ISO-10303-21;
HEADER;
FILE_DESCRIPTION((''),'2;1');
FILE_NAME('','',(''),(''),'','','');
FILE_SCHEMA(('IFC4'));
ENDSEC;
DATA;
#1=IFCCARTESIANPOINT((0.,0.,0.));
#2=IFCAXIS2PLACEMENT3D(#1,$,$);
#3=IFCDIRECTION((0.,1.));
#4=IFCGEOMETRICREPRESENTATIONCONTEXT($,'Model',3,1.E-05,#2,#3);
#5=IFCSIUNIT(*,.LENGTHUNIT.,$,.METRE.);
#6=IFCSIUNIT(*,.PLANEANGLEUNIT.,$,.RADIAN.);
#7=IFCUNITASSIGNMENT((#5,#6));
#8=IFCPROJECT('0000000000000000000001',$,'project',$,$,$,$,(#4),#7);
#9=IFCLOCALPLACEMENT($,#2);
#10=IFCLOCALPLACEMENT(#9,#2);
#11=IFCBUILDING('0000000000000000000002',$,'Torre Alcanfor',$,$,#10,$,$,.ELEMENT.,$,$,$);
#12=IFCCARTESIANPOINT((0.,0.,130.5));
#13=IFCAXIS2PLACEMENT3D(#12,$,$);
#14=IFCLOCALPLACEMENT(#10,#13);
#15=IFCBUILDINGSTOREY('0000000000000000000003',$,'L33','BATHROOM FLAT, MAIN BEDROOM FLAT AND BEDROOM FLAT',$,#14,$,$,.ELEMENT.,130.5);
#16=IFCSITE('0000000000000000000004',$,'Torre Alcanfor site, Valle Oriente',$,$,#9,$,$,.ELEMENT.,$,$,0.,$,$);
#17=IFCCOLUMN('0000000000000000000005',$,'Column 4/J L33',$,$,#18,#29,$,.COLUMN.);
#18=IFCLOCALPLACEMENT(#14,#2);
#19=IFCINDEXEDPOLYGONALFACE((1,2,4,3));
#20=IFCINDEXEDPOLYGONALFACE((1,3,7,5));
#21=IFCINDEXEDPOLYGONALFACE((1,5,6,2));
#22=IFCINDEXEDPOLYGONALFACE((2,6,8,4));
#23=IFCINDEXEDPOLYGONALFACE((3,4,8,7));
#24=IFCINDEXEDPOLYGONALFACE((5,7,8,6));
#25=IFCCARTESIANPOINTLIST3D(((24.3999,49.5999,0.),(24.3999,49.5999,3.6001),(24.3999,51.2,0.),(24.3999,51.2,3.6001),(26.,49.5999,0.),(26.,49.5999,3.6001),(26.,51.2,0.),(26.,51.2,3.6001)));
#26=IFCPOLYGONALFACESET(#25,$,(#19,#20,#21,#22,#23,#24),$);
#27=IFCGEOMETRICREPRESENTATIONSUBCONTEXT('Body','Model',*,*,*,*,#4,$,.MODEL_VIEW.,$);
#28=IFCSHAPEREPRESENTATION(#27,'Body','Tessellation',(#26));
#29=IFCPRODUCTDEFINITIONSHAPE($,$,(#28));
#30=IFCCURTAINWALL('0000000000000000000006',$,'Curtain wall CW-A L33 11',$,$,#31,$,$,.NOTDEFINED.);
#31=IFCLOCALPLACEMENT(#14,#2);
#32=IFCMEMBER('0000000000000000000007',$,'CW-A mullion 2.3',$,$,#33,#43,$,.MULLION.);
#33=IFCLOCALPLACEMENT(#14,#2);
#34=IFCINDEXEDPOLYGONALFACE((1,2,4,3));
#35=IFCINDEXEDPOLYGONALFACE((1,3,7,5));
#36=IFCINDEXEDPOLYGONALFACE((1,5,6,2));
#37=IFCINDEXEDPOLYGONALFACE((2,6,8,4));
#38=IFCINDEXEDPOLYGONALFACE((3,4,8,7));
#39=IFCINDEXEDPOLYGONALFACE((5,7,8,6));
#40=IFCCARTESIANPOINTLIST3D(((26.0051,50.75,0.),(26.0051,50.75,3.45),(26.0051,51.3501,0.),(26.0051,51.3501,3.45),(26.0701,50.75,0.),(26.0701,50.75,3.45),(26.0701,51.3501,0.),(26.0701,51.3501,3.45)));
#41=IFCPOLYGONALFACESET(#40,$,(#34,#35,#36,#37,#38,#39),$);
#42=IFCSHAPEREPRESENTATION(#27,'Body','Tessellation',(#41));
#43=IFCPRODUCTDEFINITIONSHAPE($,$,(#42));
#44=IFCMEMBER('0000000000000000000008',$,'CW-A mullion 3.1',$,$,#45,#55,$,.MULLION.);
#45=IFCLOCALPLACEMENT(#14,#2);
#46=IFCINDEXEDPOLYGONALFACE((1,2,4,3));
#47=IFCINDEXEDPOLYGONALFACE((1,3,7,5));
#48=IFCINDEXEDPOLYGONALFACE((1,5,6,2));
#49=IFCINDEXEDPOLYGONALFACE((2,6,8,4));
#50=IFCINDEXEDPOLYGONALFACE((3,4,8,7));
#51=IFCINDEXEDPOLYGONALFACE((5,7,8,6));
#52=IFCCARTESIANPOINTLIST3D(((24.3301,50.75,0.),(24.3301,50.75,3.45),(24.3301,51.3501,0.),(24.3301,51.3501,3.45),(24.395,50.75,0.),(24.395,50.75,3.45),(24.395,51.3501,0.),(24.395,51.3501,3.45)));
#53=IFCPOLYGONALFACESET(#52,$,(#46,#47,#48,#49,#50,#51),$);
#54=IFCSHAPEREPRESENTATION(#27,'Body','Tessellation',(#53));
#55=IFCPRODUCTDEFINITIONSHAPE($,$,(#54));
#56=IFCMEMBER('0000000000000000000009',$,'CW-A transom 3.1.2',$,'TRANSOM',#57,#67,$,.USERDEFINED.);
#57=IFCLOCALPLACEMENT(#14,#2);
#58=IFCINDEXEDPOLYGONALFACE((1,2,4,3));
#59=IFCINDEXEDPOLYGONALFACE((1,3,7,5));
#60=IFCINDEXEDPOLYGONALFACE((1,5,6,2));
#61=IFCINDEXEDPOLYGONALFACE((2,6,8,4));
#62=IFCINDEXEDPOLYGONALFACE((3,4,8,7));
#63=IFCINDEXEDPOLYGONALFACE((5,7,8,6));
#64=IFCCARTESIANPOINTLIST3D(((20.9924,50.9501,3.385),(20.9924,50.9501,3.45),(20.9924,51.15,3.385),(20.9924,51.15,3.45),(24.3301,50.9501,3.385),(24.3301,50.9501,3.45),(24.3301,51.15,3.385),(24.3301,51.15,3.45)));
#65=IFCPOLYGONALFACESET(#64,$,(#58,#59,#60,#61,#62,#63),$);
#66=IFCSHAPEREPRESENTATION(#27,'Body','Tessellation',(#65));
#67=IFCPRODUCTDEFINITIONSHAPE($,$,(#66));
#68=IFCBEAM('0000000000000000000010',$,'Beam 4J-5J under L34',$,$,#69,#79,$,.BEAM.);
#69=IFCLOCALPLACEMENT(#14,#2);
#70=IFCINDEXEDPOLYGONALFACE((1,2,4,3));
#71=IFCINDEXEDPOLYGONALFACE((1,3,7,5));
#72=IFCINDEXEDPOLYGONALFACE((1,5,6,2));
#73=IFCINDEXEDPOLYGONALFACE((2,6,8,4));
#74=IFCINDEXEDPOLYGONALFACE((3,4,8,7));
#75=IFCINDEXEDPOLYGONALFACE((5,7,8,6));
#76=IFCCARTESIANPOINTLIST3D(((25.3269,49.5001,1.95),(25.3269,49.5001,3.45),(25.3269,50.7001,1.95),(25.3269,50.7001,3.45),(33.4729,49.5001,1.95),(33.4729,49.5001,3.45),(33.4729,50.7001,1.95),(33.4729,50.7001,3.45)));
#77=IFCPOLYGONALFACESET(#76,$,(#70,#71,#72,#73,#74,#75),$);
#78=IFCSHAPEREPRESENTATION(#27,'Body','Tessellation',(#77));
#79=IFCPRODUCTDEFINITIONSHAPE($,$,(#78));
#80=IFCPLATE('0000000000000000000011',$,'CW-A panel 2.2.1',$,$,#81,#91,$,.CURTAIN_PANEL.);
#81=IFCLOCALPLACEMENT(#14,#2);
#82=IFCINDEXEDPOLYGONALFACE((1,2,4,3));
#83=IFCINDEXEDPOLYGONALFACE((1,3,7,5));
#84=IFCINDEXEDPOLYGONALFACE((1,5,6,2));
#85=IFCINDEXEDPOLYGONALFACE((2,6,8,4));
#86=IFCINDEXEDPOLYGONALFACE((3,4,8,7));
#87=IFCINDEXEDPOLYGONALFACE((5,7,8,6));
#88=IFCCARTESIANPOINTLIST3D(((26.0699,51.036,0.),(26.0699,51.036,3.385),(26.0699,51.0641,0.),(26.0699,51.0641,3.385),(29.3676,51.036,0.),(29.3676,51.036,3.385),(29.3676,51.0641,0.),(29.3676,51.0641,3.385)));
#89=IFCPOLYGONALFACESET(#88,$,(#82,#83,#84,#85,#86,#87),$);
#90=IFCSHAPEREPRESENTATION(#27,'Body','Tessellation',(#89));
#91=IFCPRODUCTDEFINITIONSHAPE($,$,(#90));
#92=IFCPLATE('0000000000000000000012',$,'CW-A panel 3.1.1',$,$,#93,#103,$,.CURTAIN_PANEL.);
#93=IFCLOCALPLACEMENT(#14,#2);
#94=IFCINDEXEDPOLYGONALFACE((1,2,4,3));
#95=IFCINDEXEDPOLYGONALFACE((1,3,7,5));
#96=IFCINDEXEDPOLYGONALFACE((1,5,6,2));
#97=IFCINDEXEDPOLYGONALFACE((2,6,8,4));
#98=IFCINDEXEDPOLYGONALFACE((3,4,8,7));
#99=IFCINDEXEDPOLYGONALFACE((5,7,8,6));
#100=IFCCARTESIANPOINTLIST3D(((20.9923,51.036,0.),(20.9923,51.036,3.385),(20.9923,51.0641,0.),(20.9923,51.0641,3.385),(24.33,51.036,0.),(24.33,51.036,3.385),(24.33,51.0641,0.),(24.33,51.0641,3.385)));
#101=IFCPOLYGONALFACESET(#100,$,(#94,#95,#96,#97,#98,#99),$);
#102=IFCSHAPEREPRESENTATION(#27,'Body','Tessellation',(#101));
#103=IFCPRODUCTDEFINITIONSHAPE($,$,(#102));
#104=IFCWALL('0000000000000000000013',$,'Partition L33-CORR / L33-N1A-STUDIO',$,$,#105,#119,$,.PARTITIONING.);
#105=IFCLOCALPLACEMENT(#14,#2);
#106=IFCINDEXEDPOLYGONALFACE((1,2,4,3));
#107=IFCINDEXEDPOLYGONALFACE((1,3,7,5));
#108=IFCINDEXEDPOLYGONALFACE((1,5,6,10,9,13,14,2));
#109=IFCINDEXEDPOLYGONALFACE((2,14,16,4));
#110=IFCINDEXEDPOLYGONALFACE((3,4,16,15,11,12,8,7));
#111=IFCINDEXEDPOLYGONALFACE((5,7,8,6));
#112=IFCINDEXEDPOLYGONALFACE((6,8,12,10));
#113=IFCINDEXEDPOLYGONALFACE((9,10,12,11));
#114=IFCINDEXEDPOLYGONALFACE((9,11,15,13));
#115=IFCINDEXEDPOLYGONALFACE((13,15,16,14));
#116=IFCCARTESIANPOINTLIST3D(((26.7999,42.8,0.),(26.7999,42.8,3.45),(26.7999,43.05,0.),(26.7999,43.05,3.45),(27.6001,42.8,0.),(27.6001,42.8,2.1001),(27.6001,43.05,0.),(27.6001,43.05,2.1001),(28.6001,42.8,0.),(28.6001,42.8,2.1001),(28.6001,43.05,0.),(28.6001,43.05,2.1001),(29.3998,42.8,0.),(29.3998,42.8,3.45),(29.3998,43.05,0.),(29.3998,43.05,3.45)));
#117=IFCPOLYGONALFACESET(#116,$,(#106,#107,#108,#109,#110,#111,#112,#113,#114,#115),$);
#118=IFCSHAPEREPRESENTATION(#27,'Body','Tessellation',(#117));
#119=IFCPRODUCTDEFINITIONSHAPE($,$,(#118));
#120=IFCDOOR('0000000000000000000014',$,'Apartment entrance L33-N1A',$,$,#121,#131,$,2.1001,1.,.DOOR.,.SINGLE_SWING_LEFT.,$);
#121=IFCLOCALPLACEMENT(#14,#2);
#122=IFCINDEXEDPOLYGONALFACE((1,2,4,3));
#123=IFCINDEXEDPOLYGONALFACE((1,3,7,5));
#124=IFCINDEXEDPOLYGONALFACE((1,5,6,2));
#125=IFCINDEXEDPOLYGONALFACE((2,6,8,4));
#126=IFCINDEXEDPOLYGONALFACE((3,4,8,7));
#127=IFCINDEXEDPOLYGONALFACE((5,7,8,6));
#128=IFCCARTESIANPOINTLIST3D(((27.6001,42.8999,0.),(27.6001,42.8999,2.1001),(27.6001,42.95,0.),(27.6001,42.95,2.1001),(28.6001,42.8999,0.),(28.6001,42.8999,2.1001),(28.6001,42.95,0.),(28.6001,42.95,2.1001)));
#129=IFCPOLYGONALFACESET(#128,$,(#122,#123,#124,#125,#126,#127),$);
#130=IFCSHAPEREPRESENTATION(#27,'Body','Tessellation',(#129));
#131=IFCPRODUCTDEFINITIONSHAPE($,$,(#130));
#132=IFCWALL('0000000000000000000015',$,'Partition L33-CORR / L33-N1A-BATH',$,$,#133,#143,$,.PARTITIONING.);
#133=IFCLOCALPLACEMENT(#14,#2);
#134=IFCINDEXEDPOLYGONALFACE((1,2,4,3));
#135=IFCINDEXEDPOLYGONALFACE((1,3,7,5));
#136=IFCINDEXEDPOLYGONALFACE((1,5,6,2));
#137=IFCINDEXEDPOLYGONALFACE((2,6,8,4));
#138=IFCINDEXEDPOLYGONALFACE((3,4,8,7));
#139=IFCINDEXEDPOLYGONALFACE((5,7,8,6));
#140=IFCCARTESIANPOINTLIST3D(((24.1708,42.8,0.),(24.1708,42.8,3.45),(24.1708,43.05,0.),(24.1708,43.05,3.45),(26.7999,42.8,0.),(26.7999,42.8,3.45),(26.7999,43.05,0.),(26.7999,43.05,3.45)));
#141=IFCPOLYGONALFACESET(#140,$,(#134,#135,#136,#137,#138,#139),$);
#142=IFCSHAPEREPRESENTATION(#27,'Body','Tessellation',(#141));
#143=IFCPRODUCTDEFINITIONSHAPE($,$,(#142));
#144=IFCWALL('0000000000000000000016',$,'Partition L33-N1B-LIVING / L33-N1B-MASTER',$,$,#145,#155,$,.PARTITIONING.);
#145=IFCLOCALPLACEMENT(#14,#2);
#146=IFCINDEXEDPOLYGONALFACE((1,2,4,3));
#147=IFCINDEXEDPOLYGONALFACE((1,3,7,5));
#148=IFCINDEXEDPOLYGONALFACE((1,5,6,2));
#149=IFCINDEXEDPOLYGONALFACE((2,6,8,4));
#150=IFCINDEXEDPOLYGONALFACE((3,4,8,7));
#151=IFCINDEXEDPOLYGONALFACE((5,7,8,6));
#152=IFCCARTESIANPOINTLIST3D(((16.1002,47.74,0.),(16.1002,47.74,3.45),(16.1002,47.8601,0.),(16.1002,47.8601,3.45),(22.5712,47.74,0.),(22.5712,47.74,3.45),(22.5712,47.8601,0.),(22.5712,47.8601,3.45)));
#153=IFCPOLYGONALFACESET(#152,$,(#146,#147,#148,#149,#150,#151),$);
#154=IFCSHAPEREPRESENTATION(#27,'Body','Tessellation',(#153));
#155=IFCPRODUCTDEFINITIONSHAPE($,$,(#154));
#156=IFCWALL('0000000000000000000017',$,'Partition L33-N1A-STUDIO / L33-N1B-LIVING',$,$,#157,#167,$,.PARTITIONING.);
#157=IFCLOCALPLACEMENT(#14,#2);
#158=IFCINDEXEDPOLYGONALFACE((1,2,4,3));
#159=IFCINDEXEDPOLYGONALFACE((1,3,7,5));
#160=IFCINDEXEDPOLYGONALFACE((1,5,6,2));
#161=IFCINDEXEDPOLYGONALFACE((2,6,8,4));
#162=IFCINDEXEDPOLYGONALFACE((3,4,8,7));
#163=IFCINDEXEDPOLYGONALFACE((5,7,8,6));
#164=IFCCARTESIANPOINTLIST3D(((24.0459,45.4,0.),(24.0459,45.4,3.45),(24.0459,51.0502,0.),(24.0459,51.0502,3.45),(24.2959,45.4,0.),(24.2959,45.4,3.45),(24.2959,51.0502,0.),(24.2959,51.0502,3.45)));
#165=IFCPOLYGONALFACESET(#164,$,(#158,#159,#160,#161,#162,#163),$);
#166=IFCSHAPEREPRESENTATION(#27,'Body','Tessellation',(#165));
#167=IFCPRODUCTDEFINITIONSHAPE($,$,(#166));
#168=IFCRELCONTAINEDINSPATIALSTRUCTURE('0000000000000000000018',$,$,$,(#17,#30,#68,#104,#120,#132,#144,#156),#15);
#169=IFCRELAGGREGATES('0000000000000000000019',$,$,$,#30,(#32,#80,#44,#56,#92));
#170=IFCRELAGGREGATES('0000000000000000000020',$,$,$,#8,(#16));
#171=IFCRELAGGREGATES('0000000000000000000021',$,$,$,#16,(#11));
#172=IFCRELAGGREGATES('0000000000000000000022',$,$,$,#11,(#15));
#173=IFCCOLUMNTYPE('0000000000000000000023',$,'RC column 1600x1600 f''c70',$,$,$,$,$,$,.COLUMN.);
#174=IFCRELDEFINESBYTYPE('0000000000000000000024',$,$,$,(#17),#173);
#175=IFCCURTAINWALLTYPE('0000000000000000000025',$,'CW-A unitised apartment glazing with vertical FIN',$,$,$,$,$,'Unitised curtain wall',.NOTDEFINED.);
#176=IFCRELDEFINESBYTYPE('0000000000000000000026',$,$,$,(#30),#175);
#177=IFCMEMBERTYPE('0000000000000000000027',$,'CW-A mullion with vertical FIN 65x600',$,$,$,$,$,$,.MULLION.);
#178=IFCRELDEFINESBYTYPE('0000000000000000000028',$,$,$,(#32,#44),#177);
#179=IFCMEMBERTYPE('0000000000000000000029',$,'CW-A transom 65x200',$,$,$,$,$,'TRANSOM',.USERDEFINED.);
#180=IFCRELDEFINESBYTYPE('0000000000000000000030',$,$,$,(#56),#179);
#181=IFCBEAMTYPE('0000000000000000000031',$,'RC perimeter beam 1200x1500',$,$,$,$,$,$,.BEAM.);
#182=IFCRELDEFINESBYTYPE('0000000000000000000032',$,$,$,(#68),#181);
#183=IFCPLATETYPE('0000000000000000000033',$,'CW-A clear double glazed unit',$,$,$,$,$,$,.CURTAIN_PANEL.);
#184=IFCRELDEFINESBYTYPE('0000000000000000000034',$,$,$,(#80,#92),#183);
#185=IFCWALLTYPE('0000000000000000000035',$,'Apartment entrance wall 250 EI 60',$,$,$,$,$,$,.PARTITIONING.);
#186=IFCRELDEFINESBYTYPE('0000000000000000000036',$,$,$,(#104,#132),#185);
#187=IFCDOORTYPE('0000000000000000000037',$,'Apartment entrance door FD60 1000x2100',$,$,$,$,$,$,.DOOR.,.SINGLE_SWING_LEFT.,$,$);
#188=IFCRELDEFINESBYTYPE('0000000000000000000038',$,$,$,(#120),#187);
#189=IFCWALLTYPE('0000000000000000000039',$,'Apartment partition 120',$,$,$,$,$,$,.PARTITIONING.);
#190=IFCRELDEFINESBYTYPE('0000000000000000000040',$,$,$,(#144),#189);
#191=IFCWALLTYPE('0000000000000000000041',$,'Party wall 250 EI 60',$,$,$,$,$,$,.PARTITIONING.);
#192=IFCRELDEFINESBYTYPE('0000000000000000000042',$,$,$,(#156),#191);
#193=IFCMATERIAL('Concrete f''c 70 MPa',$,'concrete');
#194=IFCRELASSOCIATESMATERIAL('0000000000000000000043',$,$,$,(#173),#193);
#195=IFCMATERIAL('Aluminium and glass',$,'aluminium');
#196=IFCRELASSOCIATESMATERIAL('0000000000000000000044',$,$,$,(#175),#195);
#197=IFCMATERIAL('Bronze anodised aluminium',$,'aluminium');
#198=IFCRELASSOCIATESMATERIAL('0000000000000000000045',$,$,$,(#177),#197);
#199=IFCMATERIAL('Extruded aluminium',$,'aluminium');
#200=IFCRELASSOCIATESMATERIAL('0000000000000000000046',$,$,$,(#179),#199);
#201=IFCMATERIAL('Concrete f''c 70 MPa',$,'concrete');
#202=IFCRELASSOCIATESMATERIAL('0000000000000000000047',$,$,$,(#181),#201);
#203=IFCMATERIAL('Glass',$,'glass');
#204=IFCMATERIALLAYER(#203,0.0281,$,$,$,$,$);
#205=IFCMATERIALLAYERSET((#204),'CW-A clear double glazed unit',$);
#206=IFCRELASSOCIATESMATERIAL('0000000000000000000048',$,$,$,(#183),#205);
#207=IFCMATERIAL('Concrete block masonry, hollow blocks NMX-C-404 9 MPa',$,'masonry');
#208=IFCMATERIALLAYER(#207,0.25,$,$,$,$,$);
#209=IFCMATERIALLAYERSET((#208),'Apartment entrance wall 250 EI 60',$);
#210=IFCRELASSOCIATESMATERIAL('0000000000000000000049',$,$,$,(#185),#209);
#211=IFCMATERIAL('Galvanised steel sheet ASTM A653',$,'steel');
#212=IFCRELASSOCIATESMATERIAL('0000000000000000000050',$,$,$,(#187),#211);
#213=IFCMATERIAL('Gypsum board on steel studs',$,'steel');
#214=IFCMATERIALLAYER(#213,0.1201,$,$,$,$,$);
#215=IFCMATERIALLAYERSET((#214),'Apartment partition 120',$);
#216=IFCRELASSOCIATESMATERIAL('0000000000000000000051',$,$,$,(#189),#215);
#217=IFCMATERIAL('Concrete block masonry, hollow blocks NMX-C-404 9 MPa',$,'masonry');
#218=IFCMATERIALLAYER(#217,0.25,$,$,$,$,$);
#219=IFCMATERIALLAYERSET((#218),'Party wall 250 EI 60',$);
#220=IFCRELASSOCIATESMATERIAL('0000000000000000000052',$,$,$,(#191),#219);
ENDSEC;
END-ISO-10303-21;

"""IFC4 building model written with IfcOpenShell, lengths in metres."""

from ifc_helpers import new_model, si_unit, direction, frame, frame_2d, origin, origin_2d, place, context, subcontext, project, spatial, rectangle, extrude, material, layer, layer_set, material_profile, profile_set, type_object, element, fill, aggregate, save


model = new_model("IFC4")

# Units and contexts
model_context = context("Model", 3, precision=1e-05, world=origin(), true_north=direction((0.0, 1.0)))
body_context = subcontext(model_context, "Body", "Model", "MODEL_VIEW")
ifc_project = project(units=[si_unit("LENGTHUNIT", "METRE"), si_unit("PLANEANGLEUNIT", "RADIAN")], contexts=[model_context])

# Site, building, storey
site_placement = place(None, origin())
site = spatial("IfcSite", under=ifc_project, at=site_placement, Name="Torre Alcanfor site, Valle Oriente", CompositionType="ELEMENT", RefElevation=0.0)
building_placement = place(site_placement, origin())
building = spatial("IfcBuilding", under=site, at=building_placement, Name="Torre Alcanfor", CompositionType="ELEMENT")
storey_placement = place(building_placement, frame((0.0, 0.0, 130.5)))
storey = spatial("IfcBuildingStorey", under=building, at=storey_placement, Name="L33", Description="BATHROOM FLAT, MAIN BEDROOM FLAT AND BEDROOM FLAT", CompositionType="ELEMENT", Elevation=130.5)

# Column
ifc_material_1 = material(Name="Concrete f'c 70 MPa", Category="concrete")
ifc_material_profile_1 = material_profile(ifc_material_1, rectangle(XDim=1.6001, YDim=1.6001, at=origin_2d()), Name="1600x1600")
ifc_profile_set_1 = profile_set([ifc_material_profile_1], Name="Concrete f'c 70 MPa")
column_type = type_object("IfcColumnType", Name="RC column 1600x1600 f'c70", PredefinedType="COLUMN", material=ifc_profile_set_1)
column_placement = place(storey_placement, frame((25.2, 50.3999, 0.0), z_axis=(0.0, 0.0, 1.0), x_axis=(1.0, 0.0, 0.0)))
element("IfcColumn", 1, at=column_placement, inside=storey, type_object=column_type, Name="Column 4/J L33", PredefinedType="COLUMN", context=body_context, shape_type="SweptSolid", body=[
    extrude(rectangle(XDim=1.6001, YDim=1.6001, at=origin_2d()), origin(), (0.0, 0.0, 1.0), 3.6001),
])

# Curtain wall, members
ifc_material_2 = material(Name="Aluminium and glass", Category="aluminium")
curtain_wall_type = type_object("IfcCurtainWallType", Name="CW-A unitised apartment glazing with vertical FIN", ElementType="Unitised curtain wall", PredefinedType="NOTDEFINED", material=ifc_material_2)
curtain_wall_placement = place(storey_placement, origin())
curtain_wall = element("IfcCurtainWall", 2, at=curtain_wall_placement, inside=storey, type_object=curtain_wall_type, Name="Curtain wall CW-A L33 11", PredefinedType="NOTDEFINED")
ifc_material_3 = material(Name="Bronze anodised aluminium", Category="aluminium")
ifc_material_profile_2 = material_profile(ifc_material_3, rectangle(XDim=0.6001, YDim=0.0649, at=origin_2d()), Name="CW-A mullion 65x600")
ifc_profile_set_2 = profile_set([ifc_material_profile_2], Name="Bronze anodised aluminium")
member_type_1 = type_object("IfcMemberType", Name="CW-A mullion with vertical FIN 65x600", PredefinedType="MULLION", material=ifc_profile_set_2)
member_1_placement = place(storey_placement, frame((26.0376, 51.05, 0.0), z_axis=(0.0, 0.0, 1.0), x_axis=(0.0, -1.0, 0.0)))
member_1 = element("IfcMember", 3, at=member_1_placement, type_object=member_type_1, Name="CW-A mullion 2.3", PredefinedType="MULLION", context=body_context, shape_type="SweptSolid", body=[
    extrude(rectangle(XDim=0.6001, YDim=0.0649, at=origin_2d()), origin(), (0.0, 0.0, 1.0), 3.45),
])
member_2_placement = place(storey_placement, frame((24.3625, 51.05, 0.0), z_axis=(0.0, 0.0, 1.0), x_axis=(0.0, -1.0, 0.0)))
member_2 = element("IfcMember", 4, at=member_2_placement, type_object=member_type_1, Name="CW-A mullion 3.1", PredefinedType="MULLION", context=body_context, shape_type="SweptSolid", body=[
    extrude(rectangle(XDim=0.6001, YDim=0.0649, at=origin_2d()), origin(), (0.0, 0.0, 1.0), 3.45),
])
ifc_material_4 = material(Name="Extruded aluminium", Category="aluminium")
ifc_material_profile_3 = material_profile(ifc_material_4, rectangle(XDim=0.2, YDim=0.0649, at=origin_2d()), Name="CW-A transom 200x65")
ifc_profile_set_3 = profile_set([ifc_material_profile_3], Name="Extruded aluminium")
member_type_2 = type_object("IfcMemberType", Name="CW-A transom 65x200", ElementType="TRANSOM", PredefinedType="USERDEFINED", material=ifc_profile_set_3)
member_3_placement = place(storey_placement, frame((24.3301, 51.05, 3.4175), z_axis=(-1.0, 0.0, 0.0), x_axis=(0.0, -1.0, 0.0)))
member_3 = element("IfcMember", 5, at=member_3_placement, type_object=member_type_2, Name="CW-A transom 3.1.2", ObjectType="TRANSOM", PredefinedType="USERDEFINED", context=body_context, shape_type="SweptSolid", body=[
    extrude(rectangle(XDim=0.2, YDim=0.0649, at=origin_2d()), origin(), (0.0, 0.0, 1.0), 3.3376),
])

# Beam
ifc_material_5 = material(Name="Concrete f'c 70 MPa", Category="concrete")
ifc_material_profile_4 = material_profile(ifc_material_5, rectangle(XDim=1.2, YDim=1.5, at=origin_2d()), Name="1200x1500")
ifc_profile_set_4 = profile_set([ifc_material_profile_4], Name="Concrete f'c 70 MPa")
beam_type = type_object("IfcBeamType", Name="RC perimeter beam 1200x1500", PredefinedType="BEAM", material=ifc_profile_set_4)
beam_placement = place(storey_placement, frame((25.3269, 50.1001, 2.7), z_axis=(1.0, 0.0, 0.0), x_axis=(0.0, 1.0, 0.0)))
element("IfcBeam", 6, at=beam_placement, inside=storey, type_object=beam_type, Name="Beam 4J-5J under L34", PredefinedType="BEAM", context=body_context, shape_type="SweptSolid", body=[
    extrude(rectangle(XDim=1.2, YDim=1.5, at=origin_2d()), origin(), (0.0, 0.0, 1.0), 8.146),
])

# Plates
ifc_material_6 = material(Name="Glass", Category="glass")
ifc_layer_1 = layer(ifc_material_6, 0.0281)
ifc_layer_set_1 = layer_set([ifc_layer_1], Name="CW-A clear double glazed unit")
plate_type = type_object("IfcPlateType", Name="CW-A clear double glazed unit", PredefinedType="CURTAIN_PANEL", material=ifc_layer_set_1)
plate_1_placement = place(storey_placement, frame((27.7188, 51.05, 0.0), z_axis=(0.0, 0.0, 1.0), x_axis=(-1.0, 0.0, 0.0)))
plate_1 = element("IfcPlate", 7, at=plate_1_placement, type_object=plate_type, Name="CW-A panel 2.2.1", PredefinedType="CURTAIN_PANEL", context=body_context, shape_type="SweptSolid", body=[
    extrude(rectangle(XDim=3.2976, YDim=0.0281, at=origin_2d()), origin(), (0.0, 0.0, 1.0), 3.385),
])
plate_2_placement = place(storey_placement, frame((22.6611, 51.05, 0.0), z_axis=(0.0, 0.0, 1.0), x_axis=(-1.0, 0.0, 0.0)))
plate_2 = element("IfcPlate", 8, at=plate_2_placement, type_object=plate_type, Name="CW-A panel 3.1.1", PredefinedType="CURTAIN_PANEL", context=body_context, shape_type="SweptSolid", body=[
    extrude(rectangle(XDim=3.3376, YDim=0.0281, at=origin_2d()), origin(), (0.0, 0.0, 1.0), 3.385),
])
aggregate(curtain_wall, [member_1, plate_1, member_2, member_3, plate_2])

# Wall, opening, door
ifc_material_7 = material(Name="Concrete block masonry, hollow blocks NMX-C-404 9 MPa", Category="masonry")
ifc_layer_2 = layer(ifc_material_7, 0.25)
ifc_layer_set_2 = layer_set([ifc_layer_2], Name="Apartment entrance wall 250 EI 60")
wall_type_1 = type_object("IfcWallType", Name="Apartment entrance wall 250 EI 60", PredefinedType="PARTITIONING", material=ifc_layer_set_2)
wall_1_placement = place(storey_placement, frame((26.8, 42.925, 0.0), z_axis=(0.0, 0.0, 1.0), x_axis=(1.0, 0.0, 0.0)))
wall_1 = element("IfcWall", 9, at=wall_1_placement, inside=storey, type_object=wall_type_1, Name="Partition L33-CORR / L33-N1A-STUDIO", PredefinedType="PARTITIONING", context=body_context, shape_type="SweptSolid", body=[
    extrude(rectangle(XDim=2.5999, YDim=0.25, at=frame_2d((1.2998, 0.0))), origin(), (0.0, 0.0, 1.0), 3.45),
])
opening_1_placement = place(wall_1_placement, frame((0.8, 0.0, 0.0)))
opening_1 = element("IfcOpeningElement", 10, at=opening_1_placement, cuts=wall_1, PredefinedType="OPENING", context=body_context, shape_type="SweptSolid", body=[
    extrude(rectangle(XDim=1.0, YDim=2.1001, at=frame_2d((0.5, 1.05))), frame((0.0, 0.135, 0.0), z_axis=(0.0, -1.0, 0.0), x_axis=(1.0, 0.0, 0.0)), (0.0, 0.0, 1.0), 0.27),
])
ifc_material_8 = material(Name="Galvanised steel sheet ASTM A653", Category="steel")
door_type_1 = type_object("IfcDoorType", Name="Apartment entrance door FD60 1000x2100", OperationType="SINGLE_SWING_LEFT", PredefinedType="DOOR", material=ifc_material_8)
door_1_placement = place(opening_1_placement, origin())
door_1 = element("IfcDoor", 11, at=door_1_placement, inside=storey, type_object=door_type_1, Name="Apartment entrance L33-N1A", OperationType="SINGLE_SWING_LEFT", OverallHeight=2.1001, OverallWidth=1.0, PredefinedType="DOOR", context=body_context, shape_type="SweptSolid", body=[
    extrude(rectangle(XDim=1.0, YDim=2.1001, at=frame_2d((0.5, 1.05))), frame((0.0, 0.0249, 0.0), z_axis=(0.0, -1.0, 0.0), x_axis=(1.0, 0.0, 0.0)), (0.0, 0.0, 1.0), 0.05),
])
fill(opening_1, door_1)

# Walls
wall_2_placement = place(storey_placement, frame((24.1709, 42.925, 0.0), z_axis=(0.0, 0.0, 1.0), x_axis=(1.0, 0.0, 0.0)))
element("IfcWall", 12, at=wall_2_placement, inside=storey, type_object=wall_type_1, Name="Partition L33-CORR / L33-N1A-BATH", PredefinedType="PARTITIONING", context=body_context, shape_type="SweptSolid", body=[
    extrude(rectangle(XDim=2.6292, YDim=0.25, at=frame_2d((1.3145, 0.0))), origin(), (0.0, 0.0, 1.0), 3.45),
])
ifc_material_9 = material(Name="Gypsum board on steel studs", Category="steel")
ifc_layer_3 = layer(ifc_material_9, 0.1201)
ifc_layer_set_3 = layer_set([ifc_layer_3], Name="Apartment partition 120")
wall_type_2 = type_object("IfcWallType", Name="Apartment partition 120", PredefinedType="PARTITIONING", material=ifc_layer_set_3)
wall_3_placement = place(storey_placement, frame((22.571, 47.8, 0.0), z_axis=(0.0, 0.0, 1.0), x_axis=(-1.0, 0.0, 0.0)))
element("IfcWall", 13, at=wall_3_placement, inside=storey, type_object=wall_type_2, Name="Partition L33-N1B-LIVING / L33-N1B-MASTER", PredefinedType="PARTITIONING", context=body_context, shape_type="SweptSolid", body=[
    extrude(rectangle(XDim=6.4709, YDim=0.1201, at=frame_2d((3.2354, 0.0))), origin(), (0.0, 0.0, 1.0), 3.45),
])
ifc_material_10 = material(Name="Concrete block masonry, hollow blocks NMX-C-404 9 MPa", Category="masonry")
ifc_layer_4 = layer(ifc_material_10, 0.25)
ifc_layer_set_4 = layer_set([ifc_layer_4], Name="Party wall 250 EI 60")
wall_type_3 = type_object("IfcWallType", Name="Party wall 250 EI 60", PredefinedType="PARTITIONING", material=ifc_layer_set_4)
wall_4_placement = place(storey_placement, frame((24.1709, 45.3999, 0.0), z_axis=(0.0, 0.0, 1.0), x_axis=(0.0, 1.0, 0.0)))
element("IfcWall", 14, at=wall_4_placement, inside=storey, type_object=wall_type_3, Name="Partition L33-N1A-STUDIO / L33-N1B-LIVING", PredefinedType="PARTITIONING", context=body_context, shape_type="SweptSolid", body=[
    extrude(rectangle(XDim=5.6501, YDim=0.25, at=frame_2d((2.8252, 0.0))), origin(), (0.0, 0.0, 1.0), 3.45),
])

save(model, "model.ifc")
